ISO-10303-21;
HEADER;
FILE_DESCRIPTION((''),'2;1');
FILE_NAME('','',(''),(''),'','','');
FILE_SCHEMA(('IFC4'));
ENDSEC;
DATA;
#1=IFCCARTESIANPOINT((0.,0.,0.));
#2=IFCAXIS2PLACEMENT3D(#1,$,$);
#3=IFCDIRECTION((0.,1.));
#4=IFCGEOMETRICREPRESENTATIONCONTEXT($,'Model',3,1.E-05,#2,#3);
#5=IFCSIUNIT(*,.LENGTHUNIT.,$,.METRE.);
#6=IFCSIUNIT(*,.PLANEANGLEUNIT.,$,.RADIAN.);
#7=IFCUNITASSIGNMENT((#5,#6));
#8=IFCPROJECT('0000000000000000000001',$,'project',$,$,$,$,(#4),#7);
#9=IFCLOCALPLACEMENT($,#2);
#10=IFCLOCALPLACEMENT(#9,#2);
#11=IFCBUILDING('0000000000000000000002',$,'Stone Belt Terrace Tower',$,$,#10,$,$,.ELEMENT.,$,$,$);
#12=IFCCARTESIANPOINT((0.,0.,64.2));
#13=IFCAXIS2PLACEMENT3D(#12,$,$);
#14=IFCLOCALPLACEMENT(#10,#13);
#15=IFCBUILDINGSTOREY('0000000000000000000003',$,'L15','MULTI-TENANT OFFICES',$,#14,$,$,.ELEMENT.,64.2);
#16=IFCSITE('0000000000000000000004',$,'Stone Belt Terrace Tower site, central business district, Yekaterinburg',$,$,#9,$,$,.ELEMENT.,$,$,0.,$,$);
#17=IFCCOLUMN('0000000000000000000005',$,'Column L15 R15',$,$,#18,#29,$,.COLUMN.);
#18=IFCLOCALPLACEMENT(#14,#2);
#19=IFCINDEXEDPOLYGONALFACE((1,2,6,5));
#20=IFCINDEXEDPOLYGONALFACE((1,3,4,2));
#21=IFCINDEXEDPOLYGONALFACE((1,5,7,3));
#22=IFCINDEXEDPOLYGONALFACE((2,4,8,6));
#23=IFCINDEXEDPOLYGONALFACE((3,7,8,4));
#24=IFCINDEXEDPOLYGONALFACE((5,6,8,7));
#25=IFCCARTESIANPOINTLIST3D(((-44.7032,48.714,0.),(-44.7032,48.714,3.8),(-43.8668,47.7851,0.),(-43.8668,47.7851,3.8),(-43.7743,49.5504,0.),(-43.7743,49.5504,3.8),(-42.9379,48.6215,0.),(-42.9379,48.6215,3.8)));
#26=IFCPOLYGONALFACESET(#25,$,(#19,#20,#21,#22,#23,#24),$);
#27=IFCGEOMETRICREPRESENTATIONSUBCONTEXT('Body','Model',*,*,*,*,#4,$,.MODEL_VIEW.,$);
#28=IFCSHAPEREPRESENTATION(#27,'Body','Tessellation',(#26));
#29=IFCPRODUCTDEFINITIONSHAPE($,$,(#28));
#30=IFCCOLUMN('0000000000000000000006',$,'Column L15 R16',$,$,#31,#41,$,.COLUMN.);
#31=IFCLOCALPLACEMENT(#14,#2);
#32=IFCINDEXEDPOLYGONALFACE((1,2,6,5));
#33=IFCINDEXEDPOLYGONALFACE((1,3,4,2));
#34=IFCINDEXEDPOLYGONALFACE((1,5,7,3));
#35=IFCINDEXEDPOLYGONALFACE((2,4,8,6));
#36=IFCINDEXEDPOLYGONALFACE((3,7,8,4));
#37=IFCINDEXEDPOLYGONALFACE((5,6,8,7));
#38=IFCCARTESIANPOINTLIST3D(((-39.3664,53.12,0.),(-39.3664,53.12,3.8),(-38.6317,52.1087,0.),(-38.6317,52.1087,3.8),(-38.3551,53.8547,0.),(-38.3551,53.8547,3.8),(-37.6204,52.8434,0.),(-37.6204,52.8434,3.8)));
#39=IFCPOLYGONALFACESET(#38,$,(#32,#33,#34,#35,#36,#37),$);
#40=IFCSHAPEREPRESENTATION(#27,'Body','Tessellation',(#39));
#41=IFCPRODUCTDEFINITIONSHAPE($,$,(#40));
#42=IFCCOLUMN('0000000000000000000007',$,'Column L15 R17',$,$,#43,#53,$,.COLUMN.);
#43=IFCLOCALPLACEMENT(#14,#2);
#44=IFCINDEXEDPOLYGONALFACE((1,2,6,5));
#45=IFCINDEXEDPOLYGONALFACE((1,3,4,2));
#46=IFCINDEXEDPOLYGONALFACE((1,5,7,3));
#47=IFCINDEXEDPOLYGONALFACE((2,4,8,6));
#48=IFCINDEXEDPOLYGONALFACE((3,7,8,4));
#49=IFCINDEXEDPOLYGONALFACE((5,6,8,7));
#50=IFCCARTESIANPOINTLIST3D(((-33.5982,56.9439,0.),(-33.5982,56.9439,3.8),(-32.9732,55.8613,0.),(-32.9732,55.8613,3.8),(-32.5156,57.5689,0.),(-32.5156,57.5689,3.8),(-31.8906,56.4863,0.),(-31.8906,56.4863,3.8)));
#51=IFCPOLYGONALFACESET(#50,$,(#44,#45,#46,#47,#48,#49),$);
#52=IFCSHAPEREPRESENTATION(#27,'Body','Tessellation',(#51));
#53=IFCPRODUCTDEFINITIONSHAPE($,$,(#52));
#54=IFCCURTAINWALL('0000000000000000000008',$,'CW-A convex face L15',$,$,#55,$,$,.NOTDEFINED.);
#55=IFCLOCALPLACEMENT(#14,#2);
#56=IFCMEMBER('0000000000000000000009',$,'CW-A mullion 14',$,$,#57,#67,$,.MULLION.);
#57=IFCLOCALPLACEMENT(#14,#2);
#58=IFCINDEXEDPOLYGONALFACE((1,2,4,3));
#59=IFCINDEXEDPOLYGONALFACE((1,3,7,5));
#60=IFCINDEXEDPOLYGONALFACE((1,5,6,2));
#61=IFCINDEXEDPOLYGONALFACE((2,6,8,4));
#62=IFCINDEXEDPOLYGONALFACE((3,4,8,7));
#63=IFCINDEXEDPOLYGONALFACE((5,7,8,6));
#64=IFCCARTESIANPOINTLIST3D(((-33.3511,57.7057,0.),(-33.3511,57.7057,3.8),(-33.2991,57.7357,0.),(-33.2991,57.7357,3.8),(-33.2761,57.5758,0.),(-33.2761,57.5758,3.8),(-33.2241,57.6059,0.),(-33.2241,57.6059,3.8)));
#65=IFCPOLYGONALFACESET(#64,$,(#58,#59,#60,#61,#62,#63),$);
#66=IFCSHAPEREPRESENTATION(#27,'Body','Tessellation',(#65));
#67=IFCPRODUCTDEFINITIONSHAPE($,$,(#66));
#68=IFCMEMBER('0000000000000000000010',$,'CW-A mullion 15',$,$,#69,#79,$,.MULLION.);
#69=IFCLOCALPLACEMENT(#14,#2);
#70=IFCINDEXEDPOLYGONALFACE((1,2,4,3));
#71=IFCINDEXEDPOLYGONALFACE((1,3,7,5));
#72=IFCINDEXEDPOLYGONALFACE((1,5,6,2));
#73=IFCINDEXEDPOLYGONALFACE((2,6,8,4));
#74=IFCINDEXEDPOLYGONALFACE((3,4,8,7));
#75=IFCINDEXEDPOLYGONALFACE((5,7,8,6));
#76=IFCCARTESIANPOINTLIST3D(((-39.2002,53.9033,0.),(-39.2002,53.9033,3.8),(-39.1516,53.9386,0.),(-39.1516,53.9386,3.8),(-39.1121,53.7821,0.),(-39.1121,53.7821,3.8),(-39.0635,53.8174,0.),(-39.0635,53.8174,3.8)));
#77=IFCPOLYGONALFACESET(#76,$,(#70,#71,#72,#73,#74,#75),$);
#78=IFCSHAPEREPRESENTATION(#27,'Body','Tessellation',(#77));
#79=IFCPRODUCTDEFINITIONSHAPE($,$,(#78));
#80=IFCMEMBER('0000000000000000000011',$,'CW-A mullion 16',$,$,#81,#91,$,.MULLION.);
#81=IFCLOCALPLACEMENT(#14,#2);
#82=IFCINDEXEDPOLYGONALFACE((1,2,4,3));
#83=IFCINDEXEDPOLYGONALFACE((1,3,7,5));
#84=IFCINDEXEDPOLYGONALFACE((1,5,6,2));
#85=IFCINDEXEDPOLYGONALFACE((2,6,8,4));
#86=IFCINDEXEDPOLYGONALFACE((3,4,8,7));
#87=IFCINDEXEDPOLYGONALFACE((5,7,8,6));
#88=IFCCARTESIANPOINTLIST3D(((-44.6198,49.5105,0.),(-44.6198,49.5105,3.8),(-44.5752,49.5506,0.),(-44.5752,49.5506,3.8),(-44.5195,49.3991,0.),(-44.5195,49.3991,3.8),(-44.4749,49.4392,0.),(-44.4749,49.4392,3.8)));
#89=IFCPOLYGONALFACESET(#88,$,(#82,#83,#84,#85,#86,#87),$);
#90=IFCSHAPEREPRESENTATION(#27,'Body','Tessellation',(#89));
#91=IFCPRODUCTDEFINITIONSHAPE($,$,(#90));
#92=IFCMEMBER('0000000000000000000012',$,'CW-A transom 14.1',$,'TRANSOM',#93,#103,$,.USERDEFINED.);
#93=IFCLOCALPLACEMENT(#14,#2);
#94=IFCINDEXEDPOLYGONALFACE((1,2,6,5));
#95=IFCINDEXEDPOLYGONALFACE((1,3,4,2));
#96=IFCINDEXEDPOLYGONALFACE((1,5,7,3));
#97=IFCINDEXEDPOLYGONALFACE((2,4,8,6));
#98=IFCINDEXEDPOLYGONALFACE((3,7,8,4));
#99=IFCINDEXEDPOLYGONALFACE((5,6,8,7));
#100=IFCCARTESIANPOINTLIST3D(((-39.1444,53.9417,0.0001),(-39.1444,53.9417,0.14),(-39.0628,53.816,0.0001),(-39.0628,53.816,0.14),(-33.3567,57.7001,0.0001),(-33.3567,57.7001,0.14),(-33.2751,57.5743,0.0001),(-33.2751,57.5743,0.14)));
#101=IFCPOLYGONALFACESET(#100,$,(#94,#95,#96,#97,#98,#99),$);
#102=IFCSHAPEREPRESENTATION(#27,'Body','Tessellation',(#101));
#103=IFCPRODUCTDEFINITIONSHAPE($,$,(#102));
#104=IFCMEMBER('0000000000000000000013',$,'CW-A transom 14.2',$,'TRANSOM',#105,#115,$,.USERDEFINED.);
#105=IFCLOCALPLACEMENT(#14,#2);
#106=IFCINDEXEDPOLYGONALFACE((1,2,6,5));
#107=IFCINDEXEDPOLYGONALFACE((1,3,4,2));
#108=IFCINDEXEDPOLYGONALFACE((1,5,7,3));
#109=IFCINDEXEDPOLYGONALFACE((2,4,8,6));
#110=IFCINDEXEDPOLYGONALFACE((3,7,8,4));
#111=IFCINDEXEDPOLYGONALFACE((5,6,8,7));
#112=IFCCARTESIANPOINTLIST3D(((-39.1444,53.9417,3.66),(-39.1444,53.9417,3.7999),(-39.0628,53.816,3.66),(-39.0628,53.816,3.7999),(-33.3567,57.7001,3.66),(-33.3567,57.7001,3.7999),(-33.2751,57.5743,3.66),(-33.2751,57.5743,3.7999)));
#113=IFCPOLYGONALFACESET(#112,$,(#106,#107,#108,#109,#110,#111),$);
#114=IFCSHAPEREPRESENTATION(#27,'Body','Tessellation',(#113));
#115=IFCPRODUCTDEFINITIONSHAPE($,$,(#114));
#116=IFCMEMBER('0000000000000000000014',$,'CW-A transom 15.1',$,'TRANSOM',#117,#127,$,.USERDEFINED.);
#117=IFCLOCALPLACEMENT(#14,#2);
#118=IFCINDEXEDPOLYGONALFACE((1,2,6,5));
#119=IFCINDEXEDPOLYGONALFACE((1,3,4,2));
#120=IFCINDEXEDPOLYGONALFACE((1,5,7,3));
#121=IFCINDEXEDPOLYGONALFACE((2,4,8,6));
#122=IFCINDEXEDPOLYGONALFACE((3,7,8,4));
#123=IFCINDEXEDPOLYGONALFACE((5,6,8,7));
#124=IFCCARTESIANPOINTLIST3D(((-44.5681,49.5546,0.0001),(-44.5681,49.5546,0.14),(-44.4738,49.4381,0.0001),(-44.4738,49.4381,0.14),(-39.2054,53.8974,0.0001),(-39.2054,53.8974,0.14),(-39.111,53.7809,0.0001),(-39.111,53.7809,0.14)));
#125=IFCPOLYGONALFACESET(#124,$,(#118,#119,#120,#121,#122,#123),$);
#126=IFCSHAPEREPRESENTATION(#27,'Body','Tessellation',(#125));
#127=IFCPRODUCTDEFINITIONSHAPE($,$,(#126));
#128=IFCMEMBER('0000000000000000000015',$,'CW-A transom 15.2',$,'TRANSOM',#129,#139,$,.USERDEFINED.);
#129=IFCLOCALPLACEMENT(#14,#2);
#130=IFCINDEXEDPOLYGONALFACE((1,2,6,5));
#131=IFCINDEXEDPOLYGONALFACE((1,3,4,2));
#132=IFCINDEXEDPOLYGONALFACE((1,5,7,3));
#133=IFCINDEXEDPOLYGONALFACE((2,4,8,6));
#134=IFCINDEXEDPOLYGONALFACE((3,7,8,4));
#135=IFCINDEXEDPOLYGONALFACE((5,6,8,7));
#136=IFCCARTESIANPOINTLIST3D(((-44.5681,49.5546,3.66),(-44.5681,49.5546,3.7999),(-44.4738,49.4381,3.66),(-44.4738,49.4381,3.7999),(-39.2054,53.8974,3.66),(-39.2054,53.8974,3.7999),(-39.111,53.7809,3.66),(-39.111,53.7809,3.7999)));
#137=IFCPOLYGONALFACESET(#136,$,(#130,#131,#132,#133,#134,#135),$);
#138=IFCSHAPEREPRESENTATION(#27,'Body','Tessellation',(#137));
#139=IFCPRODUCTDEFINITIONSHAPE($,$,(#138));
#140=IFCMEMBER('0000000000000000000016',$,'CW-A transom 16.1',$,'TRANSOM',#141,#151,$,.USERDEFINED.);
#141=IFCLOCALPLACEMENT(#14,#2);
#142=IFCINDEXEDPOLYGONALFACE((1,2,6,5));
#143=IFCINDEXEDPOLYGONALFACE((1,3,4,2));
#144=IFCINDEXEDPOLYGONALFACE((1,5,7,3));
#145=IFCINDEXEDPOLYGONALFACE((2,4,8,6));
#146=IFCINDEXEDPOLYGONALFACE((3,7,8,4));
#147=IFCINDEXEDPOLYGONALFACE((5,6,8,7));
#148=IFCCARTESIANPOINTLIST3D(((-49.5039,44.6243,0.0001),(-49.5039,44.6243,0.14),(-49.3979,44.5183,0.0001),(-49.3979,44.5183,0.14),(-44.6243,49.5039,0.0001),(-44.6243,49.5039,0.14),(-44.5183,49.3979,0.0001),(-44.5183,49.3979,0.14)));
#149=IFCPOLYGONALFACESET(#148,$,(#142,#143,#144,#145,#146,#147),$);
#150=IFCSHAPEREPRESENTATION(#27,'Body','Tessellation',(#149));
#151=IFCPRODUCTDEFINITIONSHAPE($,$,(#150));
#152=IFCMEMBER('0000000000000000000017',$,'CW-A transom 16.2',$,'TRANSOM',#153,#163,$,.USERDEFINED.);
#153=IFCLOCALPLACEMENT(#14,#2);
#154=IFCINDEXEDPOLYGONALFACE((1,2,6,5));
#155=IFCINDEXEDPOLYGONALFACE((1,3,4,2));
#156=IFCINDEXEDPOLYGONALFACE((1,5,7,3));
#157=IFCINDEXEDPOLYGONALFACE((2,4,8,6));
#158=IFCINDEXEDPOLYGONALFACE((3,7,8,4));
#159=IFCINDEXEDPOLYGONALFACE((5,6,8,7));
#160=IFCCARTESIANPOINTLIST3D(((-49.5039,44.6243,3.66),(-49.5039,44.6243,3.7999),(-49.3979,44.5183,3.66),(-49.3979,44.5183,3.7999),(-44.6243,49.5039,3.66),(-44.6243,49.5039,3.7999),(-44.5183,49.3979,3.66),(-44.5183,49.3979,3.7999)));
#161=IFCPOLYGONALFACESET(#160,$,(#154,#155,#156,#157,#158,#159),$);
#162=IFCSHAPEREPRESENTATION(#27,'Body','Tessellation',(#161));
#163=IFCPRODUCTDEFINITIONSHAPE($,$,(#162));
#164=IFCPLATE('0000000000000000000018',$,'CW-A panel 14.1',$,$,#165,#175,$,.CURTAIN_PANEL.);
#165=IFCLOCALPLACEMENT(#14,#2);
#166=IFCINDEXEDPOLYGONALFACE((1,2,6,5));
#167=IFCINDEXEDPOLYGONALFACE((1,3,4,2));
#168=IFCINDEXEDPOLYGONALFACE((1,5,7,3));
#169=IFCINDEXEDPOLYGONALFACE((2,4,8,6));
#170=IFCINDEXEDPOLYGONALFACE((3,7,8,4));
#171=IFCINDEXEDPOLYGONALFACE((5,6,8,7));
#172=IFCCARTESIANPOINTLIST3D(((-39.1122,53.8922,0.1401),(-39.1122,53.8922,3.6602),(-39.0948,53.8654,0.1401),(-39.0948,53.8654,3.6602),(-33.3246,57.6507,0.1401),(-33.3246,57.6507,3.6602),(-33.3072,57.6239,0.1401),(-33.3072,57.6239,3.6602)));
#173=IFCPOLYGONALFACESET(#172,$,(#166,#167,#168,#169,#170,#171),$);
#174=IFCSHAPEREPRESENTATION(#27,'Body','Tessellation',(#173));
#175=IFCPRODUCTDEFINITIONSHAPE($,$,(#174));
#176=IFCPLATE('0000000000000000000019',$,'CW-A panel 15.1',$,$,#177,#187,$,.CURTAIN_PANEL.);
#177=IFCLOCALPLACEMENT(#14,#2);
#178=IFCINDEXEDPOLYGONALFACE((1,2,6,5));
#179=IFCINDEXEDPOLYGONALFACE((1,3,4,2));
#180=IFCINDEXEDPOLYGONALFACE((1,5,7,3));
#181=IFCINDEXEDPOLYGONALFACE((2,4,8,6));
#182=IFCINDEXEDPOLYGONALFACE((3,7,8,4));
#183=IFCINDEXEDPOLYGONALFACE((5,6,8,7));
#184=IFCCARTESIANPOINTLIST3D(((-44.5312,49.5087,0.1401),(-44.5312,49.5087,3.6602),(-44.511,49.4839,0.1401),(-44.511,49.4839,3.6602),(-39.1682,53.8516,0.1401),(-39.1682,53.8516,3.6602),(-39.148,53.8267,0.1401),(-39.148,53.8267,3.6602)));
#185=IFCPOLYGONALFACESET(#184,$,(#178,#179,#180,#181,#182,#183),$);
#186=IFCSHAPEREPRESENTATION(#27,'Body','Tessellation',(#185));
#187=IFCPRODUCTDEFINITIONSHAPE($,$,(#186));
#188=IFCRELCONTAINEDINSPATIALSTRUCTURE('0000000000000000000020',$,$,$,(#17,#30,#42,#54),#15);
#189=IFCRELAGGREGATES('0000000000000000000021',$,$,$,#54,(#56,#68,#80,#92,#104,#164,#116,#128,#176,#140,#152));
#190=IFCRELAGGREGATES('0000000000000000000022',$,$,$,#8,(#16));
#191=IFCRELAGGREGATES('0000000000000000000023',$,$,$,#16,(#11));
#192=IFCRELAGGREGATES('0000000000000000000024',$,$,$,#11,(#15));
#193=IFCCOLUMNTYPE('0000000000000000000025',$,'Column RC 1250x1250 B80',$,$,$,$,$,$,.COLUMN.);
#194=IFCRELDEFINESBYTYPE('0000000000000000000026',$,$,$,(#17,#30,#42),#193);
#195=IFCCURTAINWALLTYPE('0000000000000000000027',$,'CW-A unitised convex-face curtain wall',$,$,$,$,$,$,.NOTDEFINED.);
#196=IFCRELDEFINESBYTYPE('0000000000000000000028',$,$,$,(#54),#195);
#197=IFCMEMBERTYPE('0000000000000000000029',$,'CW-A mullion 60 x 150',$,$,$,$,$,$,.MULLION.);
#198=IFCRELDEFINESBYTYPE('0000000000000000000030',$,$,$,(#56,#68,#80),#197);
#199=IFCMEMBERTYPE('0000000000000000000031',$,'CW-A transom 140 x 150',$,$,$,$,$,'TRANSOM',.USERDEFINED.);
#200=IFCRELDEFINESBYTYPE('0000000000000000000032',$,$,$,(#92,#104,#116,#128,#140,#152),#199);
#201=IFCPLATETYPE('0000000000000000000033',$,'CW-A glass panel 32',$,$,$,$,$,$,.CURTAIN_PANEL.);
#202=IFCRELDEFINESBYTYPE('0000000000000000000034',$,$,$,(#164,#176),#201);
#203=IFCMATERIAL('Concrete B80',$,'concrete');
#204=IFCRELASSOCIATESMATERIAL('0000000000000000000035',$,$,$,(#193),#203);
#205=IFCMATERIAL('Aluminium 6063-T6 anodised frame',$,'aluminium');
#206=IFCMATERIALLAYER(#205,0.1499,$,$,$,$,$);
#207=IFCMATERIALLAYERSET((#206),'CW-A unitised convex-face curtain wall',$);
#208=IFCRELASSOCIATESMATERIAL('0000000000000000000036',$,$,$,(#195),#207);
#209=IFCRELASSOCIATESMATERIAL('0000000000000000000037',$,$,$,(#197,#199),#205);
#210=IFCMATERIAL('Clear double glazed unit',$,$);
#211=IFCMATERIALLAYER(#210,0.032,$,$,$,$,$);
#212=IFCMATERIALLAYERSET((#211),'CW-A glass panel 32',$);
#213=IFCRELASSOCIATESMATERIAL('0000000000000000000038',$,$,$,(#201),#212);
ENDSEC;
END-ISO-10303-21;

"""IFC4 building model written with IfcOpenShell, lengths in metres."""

from ifc_helpers import new_model, si_unit, direction, frame, origin, origin_2d, place, context, subcontext, project, spatial, rectangle, extrude, material, layer, layer_set, material_profile, profile_set, type_object, element, aggregate, save


model = new_model("IFC4")

# Units and contexts
model_context = context("Model", 3, precision=1e-05, world=origin(), true_north=direction((0.0, 1.0)))
body_context = subcontext(model_context, "Body", "Model", "MODEL_VIEW")
ifc_project = project(units=[si_unit("LENGTHUNIT", "METRE"), si_unit("PLANEANGLEUNIT", "RADIAN")], contexts=[model_context])

# Site, building, storey
site_placement = place(None, origin())
site = spatial("IfcSite", under=ifc_project, at=site_placement, Name="Stone Belt Terrace Tower site, central business district, Yekaterinburg", CompositionType="ELEMENT", RefElevation=0.0)
building_placement = place(site_placement, origin())
building = spatial("IfcBuilding", under=site, at=building_placement, Name="Stone Belt Terrace Tower", CompositionType="ELEMENT")
storey_placement = place(building_placement, frame((0.0, 0.0, 64.2)))
storey = spatial("IfcBuildingStorey", under=building, at=storey_placement, Name="L15", Description="MULTI-TENANT OFFICES", CompositionType="ELEMENT", Elevation=64.2)

# Columns
ifc_material_1 = material(Name="Concrete B80", Category="concrete")
ifc_material_profile_1 = material_profile(ifc_material_1, rectangle(XDim=1.25, YDim=1.25, at=origin_2d()), Name="RC 1250x1250")
ifc_profile_set_1 = profile_set([ifc_material_profile_1], Name="Concrete B80")
column_type = type_object("IfcColumnType", Name="Column RC 1250x1250 B80", PredefinedType="COLUMN", material=ifc_profile_set_1)
for number, where, z_axis, x_axis, name in (
    (1, (-43.8206, 48.6677, 0.0), (0.0, 0.0, 1.0), (0.743145, 0.669131, 0.0), "Column L15 R15"),
    (2, (-38.4934, 52.9817, 0.0), (0.0, 0.0, 1.0), (0.809017, 0.587785, 0.0), "Column L15 R16"),
    (3, (-32.7444, 56.7151, 0.0), (0.0, 0.0, 1.0), (0.866025, 0.5, 0.0), "Column L15 R17"),
):
    element("IfcColumn", number, at=place(storey_placement, frame(where, z_axis=z_axis, x_axis=x_axis)), inside=storey, type_object=column_type, Name=name, PredefinedType="COLUMN", context=body_context, shape_type="SweptSolid", body=[
        extrude(rectangle(XDim=1.25, YDim=1.25, at=origin_2d()), origin(), (0.0, 0.0, 1.0), 3.8),
    ])

# Curtain wall, members, plates
ifc_material_2 = material(Name="Aluminium 6063-T6 anodised frame", Category="aluminium")
ifc_layer_1 = layer(ifc_material_2, 0.1499)
ifc_layer_set_1 = layer_set([ifc_layer_1], Name="CW-A unitised convex-face curtain wall")
curtain_wall_type = type_object("IfcCurtainWallType", Name="CW-A unitised convex-face curtain wall", PredefinedType="NOTDEFINED", material=ifc_layer_set_1)
curtain_wall_placement = place(storey_placement, origin())
curtain_wall = element("IfcCurtainWall", 4, at=curtain_wall_placement, inside=storey, type_object=curtain_wall_type, Name="CW-A convex face L15", PredefinedType="NOTDEFINED")
ifc_material_profile_2 = material_profile(ifc_material_2, rectangle(XDim=0.1499, YDim=0.0601, at=origin_2d()), Name="Aluminium 6063-T6 60x150")
ifc_profile_set_2 = profile_set([ifc_material_profile_2], Name="Aluminium 6063-T6 anodised frame")
member_type_1 = type_object("IfcMemberType", Name="CW-A mullion 60 x 150", PredefinedType="MULLION", material=ifc_profile_set_2)
member_1_placement = place(storey_placement, frame((-33.2876, 57.6558, 0.0), z_axis=(0.0, 0.0, 1.0), x_axis=(0.5, -0.866025, 0.0)))
member_1 = element("IfcMember", 5, at=member_1_placement, type_object=member_type_1, Name="CW-A mullion 14", PredefinedType="MULLION", context=body_context, shape_type="SweptSolid", body=[
    extrude(rectangle(XDim=0.1499, YDim=0.0601, at=origin_2d()), origin(), (0.0, 0.0, 1.0), 3.8),
])
member_2_placement = place(storey_placement, frame((-39.1318, 53.8604, 0.0), z_axis=(0.0, 0.0, 1.0), x_axis=(0.587785, -0.809017, 0.0)))
member_2 = element("IfcMember", 6, at=member_2_placement, type_object=member_type_1, Name="CW-A mullion 15", PredefinedType="MULLION", context=body_context, shape_type="SweptSolid", body=[
    extrude(rectangle(XDim=0.1499, YDim=0.0601, at=origin_2d()), origin(), (0.0, 0.0, 1.0), 3.8),
])
member_3_placement = place(storey_placement, frame((-44.5474, 49.4749, 0.0), z_axis=(0.0, 0.0, 1.0), x_axis=(0.669131, -0.743145, 0.0)))
member_3 = element("IfcMember", 7, at=member_3_placement, type_object=member_type_1, Name="CW-A mullion 16", PredefinedType="MULLION", context=body_context, shape_type="SweptSolid", body=[
    extrude(rectangle(XDim=0.1499, YDim=0.0601, at=origin_2d()), origin(), (0.0, 0.0, 1.0), 3.8),
])
ifc_material_profile_3 = material_profile(ifc_material_2, rectangle(XDim=0.1499, YDim=0.1399, at=origin_2d()), Name="Aluminium 6063-T6 150x140")
ifc_profile_set_3 = profile_set([ifc_material_profile_3], Name="Aluminium 6063-T6 anodised frame")
member_type_2 = type_object("IfcMemberType", Name="CW-A transom 140 x 150", ElementType="TRANSOM", PredefinedType="USERDEFINED", material=ifc_profile_set_3)
member_4_placement = place(storey_placement, frame((-33.3159, 57.6372, 0.0701), z_axis=(-0.838684, -0.544618, 0.0), x_axis=(0.544618, -0.838684, 0.0)))
member_4 = element("IfcMember", 8, at=member_4_placement, type_object=member_type_2, Name="CW-A transom 14.1", ObjectType="TRANSOM", PredefinedType="USERDEFINED", context=body_context, shape_type="SweptSolid", body=[
    extrude(rectangle(XDim=0.1499, YDim=0.1399, at=origin_2d()), origin(), (0.0, 0.0, 1.0), 6.9009),
])
member_5_placement = place(storey_placement, frame((-33.3159, 57.6372, 3.73), z_axis=(-0.838684, -0.544618, 0.0), x_axis=(0.544618, -0.838684, 0.0)))
member_5 = element("IfcMember", 9, at=member_5_placement, type_object=member_type_2, Name="CW-A transom 14.2", ObjectType="TRANSOM", PredefinedType="USERDEFINED", context=body_context, shape_type="SweptSolid", body=[
    extrude(rectangle(XDim=0.1499, YDim=0.1399, at=origin_2d()), origin(), (0.0, 0.0, 1.0), 6.9009),
])
member_6_placement = place(storey_placement, frame((-39.1582, 53.8391, 0.0701), z_axis=(-0.777141, -0.629326, 0.0), x_axis=(0.629326, -0.777141, 0.0)))
member_6 = element("IfcMember", 10, at=member_6_placement, type_object=member_type_2, Name="CW-A transom 15.1", ObjectType="TRANSOM", PredefinedType="USERDEFINED", context=body_context, shape_type="SweptSolid", body=[
    extrude(rectangle(XDim=0.1499, YDim=0.1399, at=origin_2d()), origin(), (0.0, 0.0, 1.0), 6.9006),
])
member_7_placement = place(storey_placement, frame((-39.1582, 53.8391, 3.73), z_axis=(-0.777141, -0.629326, 0.0), x_axis=(0.629326, -0.777141, 0.0)))
member_7 = element("IfcMember", 11, at=member_7_placement, type_object=member_type_2, Name="CW-A transom 15.2", ObjectType="TRANSOM", PredefinedType="USERDEFINED", context=body_context, shape_type="SweptSolid", body=[
    extrude(rectangle(XDim=0.1499, YDim=0.1399, at=origin_2d()), origin(), (0.0, 0.0, 1.0), 6.9006),
])
member_8_placement = place(storey_placement, frame((-44.5713, 49.4509, 0.0701), z_axis=(-0.707107, -0.707107, 0.0), x_axis=(0.707107, -0.707107, 0.0)))
member_8 = element("IfcMember", 12, at=member_8_placement, type_object=member_type_2, Name="CW-A transom 16.1", ObjectType="TRANSOM", PredefinedType="USERDEFINED", context=body_context, shape_type="SweptSolid", body=[
    extrude(rectangle(XDim=0.1499, YDim=0.1399, at=origin_2d()), origin(), (0.0, 0.0, 1.0), 6.9009),
])
member_9_placement = place(storey_placement, frame((-44.5713, 49.4509, 3.73), z_axis=(-0.707107, -0.707107, 0.0), x_axis=(0.707107, -0.707107, 0.0)))
member_9 = element("IfcMember", 13, at=member_9_placement, type_object=member_type_2, Name="CW-A transom 16.2", ObjectType="TRANSOM", PredefinedType="USERDEFINED", context=body_context, shape_type="SweptSolid", body=[
    extrude(rectangle(XDim=0.1499, YDim=0.1399, at=origin_2d()), origin(), (0.0, 0.0, 1.0), 6.9009),
])
ifc_material_3 = material(Name="Clear double glazed unit")
ifc_layer_2 = layer(ifc_material_3, 0.032)
ifc_layer_set_2 = layer_set([ifc_layer_2], Name="CW-A glass panel 32")
plate_type_1 = type_object("IfcPlateType", Name="CW-A glass panel 32", PredefinedType="CURTAIN_PANEL", material=ifc_layer_set_2)
plate_1_placement = place(storey_placement, frame((-36.2097, 55.7581, 0.1401), z_axis=(0.0, 0.0, 1.0), x_axis=(-0.838671, -0.544639, 0.0)))
plate_1 = element("IfcPlate", 14, at=plate_1_placement, type_object=plate_type_1, Name="CW-A panel 14.1", PredefinedType="CURTAIN_PANEL", context=body_context, shape_type="SweptSolid", body=[
    extrude(rectangle(XDim=6.9009, YDim=0.032, at=origin_2d()), origin(), (0.0, 0.0, 1.0), 3.52),
])
plate_2_placement = place(storey_placement, frame((-41.8396, 51.6677, 0.1401), z_axis=(0.0, 0.0, 1.0), x_axis=(-0.777146, -0.62932, 0.0)))
plate_2 = element("IfcPlate", 15, at=plate_2_placement, type_object=plate_type_1, Name="CW-A panel 15.1", PredefinedType="CURTAIN_PANEL", context=body_context, shape_type="SweptSolid", body=[
    extrude(rectangle(XDim=6.9009, YDim=0.032, at=origin_2d()), origin(), (0.0, 0.0, 1.0), 3.52),
])
aggregate(curtain_wall, [member_1, member_2, member_3, member_4, member_5, plate_1, member_6, member_7, plate_2, member_8, member_9])

save(model, "model.ifc")
